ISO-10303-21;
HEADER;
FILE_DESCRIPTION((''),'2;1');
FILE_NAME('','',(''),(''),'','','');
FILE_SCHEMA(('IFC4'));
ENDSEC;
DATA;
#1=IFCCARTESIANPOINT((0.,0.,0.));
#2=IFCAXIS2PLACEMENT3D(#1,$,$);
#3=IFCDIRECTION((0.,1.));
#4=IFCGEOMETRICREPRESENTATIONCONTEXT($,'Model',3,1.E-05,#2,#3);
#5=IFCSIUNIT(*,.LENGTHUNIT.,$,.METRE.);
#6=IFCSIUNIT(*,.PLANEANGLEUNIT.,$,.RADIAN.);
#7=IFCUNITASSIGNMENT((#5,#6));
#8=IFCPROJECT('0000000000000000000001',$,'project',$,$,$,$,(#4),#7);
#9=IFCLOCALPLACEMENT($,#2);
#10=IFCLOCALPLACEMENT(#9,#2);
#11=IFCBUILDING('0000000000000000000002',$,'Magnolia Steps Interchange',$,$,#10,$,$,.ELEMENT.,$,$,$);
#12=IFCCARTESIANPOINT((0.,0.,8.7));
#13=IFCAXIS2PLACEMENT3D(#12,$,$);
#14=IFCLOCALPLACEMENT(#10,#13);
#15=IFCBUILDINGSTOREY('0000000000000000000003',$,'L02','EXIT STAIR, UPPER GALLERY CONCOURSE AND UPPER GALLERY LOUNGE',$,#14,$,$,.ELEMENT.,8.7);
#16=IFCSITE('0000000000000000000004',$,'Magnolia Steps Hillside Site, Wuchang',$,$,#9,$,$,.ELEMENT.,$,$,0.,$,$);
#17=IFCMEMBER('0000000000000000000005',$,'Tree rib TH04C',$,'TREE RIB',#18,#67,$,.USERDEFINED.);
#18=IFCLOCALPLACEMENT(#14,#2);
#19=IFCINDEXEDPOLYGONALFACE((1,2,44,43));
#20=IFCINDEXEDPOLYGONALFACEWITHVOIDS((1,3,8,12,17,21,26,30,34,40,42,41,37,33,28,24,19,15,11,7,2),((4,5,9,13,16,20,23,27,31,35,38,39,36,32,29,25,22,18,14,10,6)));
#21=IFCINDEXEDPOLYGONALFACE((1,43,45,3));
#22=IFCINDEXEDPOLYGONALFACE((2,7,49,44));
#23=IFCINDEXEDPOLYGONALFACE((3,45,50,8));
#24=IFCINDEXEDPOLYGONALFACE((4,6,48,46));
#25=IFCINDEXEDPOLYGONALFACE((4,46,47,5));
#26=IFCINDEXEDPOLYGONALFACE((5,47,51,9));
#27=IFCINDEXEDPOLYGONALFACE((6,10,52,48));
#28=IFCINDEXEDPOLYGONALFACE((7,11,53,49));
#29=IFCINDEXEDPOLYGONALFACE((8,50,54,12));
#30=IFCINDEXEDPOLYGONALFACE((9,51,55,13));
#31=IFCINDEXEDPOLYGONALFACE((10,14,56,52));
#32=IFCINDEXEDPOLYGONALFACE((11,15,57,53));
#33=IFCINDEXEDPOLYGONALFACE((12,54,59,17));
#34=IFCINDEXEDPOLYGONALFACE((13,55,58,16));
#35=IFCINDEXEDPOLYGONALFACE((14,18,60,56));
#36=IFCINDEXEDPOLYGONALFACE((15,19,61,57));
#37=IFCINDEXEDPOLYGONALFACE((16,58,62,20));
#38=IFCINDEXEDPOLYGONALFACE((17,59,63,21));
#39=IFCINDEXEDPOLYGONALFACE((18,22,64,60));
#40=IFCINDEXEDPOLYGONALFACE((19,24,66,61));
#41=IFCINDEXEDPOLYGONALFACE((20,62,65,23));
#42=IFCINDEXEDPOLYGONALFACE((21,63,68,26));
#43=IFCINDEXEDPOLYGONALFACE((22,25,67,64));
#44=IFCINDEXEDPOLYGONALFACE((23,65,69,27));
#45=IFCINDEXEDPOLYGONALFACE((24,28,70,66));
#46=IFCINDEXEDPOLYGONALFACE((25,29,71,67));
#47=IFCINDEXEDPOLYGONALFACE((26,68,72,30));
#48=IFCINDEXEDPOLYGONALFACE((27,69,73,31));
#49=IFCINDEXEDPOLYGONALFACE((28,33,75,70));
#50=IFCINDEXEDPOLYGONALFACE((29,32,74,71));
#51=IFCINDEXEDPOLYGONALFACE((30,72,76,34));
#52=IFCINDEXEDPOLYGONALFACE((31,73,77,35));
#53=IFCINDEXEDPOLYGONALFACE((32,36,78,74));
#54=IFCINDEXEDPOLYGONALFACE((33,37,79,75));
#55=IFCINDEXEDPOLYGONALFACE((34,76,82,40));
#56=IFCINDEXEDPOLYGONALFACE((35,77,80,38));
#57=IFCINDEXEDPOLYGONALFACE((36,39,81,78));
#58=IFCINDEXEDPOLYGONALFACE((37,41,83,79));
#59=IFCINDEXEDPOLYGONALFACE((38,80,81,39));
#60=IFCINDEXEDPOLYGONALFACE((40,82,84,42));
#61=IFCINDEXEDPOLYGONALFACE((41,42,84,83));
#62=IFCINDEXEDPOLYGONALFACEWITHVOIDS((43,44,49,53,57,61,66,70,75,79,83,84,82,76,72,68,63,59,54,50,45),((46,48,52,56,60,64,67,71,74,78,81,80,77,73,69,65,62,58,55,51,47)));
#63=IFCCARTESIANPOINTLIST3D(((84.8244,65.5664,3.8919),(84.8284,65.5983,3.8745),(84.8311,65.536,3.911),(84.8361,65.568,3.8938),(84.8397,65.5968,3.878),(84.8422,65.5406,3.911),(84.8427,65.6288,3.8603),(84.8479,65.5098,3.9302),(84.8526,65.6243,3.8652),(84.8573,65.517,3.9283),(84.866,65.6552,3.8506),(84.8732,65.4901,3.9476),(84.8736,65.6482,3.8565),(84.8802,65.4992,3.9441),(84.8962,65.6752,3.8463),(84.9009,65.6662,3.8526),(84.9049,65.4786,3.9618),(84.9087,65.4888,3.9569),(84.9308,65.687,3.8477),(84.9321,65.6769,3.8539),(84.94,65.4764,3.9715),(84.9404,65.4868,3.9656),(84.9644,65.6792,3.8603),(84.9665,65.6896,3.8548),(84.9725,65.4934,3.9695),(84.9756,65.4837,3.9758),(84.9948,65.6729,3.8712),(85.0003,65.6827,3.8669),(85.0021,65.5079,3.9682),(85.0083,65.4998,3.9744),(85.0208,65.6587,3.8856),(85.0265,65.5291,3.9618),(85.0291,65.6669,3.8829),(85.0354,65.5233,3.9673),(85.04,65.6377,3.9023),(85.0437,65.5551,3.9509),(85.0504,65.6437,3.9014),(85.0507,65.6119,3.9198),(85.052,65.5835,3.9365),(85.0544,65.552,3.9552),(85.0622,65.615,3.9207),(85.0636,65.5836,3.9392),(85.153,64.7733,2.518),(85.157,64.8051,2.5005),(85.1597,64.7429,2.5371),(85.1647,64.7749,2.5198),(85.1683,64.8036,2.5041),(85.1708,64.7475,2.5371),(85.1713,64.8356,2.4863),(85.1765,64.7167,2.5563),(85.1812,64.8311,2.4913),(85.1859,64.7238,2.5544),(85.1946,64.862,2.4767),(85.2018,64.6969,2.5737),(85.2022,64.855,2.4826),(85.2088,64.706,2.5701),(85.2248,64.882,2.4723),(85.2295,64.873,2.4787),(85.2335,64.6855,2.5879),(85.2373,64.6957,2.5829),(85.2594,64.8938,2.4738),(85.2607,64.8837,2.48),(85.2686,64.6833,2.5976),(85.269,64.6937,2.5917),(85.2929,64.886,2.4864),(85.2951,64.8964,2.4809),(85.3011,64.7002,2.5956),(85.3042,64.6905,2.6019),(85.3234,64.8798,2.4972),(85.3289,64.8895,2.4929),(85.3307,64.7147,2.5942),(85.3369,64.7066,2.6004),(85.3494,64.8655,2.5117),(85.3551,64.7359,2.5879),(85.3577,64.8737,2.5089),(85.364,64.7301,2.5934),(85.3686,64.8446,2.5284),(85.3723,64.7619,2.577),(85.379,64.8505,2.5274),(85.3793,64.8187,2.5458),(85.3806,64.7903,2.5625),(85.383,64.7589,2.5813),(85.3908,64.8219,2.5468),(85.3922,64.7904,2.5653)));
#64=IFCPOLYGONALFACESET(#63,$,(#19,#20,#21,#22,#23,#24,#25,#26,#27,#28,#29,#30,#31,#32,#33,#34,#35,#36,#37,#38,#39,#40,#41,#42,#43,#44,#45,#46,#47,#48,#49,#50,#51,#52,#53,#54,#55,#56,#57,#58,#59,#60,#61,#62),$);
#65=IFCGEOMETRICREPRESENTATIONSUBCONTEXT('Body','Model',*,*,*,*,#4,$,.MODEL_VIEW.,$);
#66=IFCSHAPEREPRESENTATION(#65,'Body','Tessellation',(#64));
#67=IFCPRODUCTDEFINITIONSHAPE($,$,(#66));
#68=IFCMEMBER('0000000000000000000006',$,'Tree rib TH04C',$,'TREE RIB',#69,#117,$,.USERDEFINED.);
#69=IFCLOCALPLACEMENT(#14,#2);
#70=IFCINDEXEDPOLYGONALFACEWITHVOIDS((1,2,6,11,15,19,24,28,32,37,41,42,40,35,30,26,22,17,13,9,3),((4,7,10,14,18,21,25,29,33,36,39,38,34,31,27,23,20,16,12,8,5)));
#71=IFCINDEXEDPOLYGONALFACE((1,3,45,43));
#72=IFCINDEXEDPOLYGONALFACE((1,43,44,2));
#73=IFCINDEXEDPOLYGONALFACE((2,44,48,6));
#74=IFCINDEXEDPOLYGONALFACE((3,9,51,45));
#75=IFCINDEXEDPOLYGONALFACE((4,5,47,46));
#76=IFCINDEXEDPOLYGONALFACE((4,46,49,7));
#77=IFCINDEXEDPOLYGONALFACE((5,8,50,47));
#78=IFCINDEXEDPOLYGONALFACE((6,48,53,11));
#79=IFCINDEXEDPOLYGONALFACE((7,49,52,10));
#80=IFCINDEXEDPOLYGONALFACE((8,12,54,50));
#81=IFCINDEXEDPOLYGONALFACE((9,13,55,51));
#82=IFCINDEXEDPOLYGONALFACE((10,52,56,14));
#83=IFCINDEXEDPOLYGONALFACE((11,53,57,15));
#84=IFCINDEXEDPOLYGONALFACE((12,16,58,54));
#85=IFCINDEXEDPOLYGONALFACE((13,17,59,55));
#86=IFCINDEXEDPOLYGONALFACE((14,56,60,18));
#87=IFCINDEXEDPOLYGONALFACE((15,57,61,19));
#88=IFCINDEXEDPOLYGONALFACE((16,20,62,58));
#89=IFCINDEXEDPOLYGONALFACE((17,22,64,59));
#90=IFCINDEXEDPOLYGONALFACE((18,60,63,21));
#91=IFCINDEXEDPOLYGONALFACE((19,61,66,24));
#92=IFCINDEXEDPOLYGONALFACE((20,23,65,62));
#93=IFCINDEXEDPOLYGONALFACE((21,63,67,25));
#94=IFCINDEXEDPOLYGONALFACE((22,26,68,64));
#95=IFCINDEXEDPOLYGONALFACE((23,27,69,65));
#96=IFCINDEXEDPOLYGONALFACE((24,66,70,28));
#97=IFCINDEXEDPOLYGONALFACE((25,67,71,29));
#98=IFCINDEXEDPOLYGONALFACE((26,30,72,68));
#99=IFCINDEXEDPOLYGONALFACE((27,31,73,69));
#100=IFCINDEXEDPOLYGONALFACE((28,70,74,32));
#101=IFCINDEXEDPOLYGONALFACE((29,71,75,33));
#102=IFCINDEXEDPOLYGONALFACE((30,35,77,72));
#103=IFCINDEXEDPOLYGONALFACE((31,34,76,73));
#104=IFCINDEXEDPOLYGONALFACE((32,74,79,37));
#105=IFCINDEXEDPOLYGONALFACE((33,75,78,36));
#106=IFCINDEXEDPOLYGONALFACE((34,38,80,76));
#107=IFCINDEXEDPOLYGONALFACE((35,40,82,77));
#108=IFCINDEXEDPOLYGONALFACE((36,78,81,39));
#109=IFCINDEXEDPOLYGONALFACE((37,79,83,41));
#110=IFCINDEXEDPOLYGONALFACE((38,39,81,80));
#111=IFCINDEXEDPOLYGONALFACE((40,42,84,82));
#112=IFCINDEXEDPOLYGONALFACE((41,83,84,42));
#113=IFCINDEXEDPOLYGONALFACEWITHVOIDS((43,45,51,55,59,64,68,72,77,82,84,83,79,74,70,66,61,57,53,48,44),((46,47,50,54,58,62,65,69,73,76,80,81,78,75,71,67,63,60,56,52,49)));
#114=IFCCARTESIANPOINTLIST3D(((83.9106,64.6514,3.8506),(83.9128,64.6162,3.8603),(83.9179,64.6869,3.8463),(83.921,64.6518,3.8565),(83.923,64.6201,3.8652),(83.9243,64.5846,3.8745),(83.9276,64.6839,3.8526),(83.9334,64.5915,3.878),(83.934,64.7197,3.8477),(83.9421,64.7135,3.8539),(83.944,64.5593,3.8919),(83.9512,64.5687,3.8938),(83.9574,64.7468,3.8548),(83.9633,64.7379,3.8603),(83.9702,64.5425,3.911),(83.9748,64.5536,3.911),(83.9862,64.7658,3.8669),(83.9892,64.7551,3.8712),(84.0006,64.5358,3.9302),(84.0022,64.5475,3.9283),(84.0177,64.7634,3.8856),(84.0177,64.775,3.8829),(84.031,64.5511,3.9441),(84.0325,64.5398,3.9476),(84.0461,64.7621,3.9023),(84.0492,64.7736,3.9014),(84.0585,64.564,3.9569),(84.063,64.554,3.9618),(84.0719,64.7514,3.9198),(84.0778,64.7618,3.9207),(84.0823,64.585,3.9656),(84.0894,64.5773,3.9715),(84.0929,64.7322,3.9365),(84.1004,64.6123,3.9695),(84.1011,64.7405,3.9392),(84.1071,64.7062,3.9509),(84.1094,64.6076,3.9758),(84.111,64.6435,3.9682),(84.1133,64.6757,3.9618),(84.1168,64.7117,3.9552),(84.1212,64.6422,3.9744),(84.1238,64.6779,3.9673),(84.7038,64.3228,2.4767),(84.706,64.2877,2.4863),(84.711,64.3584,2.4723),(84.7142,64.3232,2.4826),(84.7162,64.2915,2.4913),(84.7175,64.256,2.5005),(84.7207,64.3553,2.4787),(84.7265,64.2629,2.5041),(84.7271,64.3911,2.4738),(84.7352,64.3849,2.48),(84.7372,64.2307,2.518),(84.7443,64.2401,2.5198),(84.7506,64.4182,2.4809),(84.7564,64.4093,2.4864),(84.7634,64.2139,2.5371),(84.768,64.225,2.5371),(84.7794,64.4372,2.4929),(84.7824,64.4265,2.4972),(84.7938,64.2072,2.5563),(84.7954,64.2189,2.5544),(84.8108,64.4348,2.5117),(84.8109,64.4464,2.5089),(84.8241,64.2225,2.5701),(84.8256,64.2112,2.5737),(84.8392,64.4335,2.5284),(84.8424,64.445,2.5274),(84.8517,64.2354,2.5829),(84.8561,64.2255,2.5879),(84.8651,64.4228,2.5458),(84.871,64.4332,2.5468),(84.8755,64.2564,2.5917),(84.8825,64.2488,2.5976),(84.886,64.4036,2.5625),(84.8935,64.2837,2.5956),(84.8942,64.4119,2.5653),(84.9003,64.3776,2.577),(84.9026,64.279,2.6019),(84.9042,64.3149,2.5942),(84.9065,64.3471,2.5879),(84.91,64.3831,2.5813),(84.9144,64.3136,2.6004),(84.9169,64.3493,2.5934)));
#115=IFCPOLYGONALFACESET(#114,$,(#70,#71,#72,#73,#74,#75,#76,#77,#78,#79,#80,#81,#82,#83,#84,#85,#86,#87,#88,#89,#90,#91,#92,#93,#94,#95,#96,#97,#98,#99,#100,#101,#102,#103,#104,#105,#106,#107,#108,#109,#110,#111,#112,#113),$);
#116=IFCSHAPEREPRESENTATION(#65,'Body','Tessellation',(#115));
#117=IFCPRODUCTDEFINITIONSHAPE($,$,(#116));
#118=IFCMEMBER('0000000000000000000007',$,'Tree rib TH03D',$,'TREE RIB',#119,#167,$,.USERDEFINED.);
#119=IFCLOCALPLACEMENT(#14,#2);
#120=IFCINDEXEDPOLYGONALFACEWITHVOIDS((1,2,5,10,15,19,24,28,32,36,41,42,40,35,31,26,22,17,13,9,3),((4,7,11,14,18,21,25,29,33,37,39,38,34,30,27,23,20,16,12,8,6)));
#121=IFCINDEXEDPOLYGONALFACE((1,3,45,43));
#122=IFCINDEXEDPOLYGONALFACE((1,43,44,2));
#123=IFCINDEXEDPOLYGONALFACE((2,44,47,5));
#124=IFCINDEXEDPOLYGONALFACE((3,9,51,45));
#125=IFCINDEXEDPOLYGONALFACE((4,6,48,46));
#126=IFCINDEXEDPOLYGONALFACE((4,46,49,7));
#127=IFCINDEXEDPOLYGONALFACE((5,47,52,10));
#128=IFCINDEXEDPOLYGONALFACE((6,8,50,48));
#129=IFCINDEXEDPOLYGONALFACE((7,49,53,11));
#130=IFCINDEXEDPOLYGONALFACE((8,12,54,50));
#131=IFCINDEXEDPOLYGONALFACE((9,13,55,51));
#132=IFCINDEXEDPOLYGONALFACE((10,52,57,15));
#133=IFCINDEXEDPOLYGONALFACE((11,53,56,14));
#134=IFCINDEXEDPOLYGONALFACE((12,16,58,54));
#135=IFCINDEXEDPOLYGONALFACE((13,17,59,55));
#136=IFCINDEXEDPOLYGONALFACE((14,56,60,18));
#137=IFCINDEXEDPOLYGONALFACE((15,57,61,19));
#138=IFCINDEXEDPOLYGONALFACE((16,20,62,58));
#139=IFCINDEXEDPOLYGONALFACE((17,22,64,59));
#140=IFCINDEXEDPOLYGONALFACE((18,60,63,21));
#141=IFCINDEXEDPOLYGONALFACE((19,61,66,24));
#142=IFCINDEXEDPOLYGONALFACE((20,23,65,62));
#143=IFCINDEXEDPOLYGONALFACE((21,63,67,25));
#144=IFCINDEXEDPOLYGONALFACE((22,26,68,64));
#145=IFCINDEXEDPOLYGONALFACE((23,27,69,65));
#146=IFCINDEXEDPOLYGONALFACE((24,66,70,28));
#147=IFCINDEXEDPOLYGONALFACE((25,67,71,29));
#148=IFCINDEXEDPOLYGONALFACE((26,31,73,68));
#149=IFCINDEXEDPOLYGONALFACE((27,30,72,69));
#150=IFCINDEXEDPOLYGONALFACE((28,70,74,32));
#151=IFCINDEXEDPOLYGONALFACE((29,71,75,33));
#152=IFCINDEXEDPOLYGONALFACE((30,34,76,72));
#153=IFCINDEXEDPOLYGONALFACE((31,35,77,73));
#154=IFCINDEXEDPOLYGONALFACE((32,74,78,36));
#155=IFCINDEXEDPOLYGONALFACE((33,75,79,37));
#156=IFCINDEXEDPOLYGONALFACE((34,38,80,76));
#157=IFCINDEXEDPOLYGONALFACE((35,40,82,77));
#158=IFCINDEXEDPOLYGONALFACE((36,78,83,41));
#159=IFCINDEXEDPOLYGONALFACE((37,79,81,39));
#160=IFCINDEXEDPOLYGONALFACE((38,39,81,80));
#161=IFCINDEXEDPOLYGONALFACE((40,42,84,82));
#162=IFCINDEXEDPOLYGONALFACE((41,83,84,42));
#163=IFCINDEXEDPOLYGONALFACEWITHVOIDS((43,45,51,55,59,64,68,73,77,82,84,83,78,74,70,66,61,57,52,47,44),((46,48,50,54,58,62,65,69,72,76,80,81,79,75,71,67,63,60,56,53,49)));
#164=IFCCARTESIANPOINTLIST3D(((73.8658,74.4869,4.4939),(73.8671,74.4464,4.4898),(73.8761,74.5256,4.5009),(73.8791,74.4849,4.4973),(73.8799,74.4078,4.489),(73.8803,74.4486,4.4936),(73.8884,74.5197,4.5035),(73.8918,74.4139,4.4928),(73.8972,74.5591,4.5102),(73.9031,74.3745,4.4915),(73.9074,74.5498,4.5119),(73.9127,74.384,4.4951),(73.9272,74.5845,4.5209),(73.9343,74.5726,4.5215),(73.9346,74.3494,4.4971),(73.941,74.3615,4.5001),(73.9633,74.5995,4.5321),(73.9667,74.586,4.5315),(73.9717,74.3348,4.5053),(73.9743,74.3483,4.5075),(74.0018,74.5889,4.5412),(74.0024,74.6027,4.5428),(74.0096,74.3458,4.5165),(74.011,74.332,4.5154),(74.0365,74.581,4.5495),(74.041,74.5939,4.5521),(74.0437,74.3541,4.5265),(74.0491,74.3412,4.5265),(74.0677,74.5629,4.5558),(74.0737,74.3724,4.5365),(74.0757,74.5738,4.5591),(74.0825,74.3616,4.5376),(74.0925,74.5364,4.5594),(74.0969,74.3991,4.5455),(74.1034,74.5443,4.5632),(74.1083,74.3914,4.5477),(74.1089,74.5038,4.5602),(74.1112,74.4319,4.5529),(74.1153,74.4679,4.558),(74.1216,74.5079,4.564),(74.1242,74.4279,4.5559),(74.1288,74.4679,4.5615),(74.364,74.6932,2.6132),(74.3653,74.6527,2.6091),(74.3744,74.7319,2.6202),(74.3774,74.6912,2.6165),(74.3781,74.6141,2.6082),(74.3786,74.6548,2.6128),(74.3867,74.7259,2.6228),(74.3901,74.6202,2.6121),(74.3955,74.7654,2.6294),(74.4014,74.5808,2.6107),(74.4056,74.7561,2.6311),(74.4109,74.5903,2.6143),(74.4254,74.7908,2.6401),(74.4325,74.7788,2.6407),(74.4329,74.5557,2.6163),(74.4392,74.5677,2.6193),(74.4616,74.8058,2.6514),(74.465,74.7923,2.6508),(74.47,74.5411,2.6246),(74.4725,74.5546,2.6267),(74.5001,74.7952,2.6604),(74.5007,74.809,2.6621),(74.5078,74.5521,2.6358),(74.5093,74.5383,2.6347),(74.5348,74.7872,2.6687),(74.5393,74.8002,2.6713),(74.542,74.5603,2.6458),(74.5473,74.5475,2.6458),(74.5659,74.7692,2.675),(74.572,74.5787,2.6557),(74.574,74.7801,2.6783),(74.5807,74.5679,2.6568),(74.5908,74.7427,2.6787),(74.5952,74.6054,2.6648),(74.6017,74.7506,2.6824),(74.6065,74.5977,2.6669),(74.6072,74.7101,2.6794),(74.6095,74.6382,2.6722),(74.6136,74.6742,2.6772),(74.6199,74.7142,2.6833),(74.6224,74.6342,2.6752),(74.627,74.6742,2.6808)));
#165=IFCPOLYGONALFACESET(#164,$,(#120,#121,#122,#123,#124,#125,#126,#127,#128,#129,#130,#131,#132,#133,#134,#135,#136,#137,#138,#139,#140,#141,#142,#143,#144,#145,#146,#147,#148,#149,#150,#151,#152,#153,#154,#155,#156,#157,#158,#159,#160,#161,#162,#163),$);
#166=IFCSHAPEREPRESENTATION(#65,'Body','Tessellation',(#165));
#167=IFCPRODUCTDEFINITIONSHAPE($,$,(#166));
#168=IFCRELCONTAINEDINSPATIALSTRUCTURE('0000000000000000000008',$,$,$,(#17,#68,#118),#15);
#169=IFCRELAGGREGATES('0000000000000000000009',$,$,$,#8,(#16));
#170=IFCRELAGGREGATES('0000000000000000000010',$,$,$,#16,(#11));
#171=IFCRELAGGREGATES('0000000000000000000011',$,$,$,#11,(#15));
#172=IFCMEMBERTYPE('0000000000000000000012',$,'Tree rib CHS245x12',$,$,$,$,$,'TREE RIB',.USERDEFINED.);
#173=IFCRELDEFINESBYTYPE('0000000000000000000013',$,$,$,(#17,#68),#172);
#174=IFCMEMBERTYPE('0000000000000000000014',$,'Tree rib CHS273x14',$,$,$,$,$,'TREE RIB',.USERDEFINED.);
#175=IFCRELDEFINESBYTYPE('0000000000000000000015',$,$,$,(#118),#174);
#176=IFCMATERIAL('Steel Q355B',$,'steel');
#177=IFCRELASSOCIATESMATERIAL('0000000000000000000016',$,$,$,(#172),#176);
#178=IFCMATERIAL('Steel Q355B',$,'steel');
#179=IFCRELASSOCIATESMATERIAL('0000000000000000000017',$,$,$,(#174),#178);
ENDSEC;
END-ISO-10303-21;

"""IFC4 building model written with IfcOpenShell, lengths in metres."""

from ifc_helpers import new_model, si_unit, direction, frame, origin, origin_2d, place, context, subcontext, project, spatial, hollow_circle, extrude, material, material_profile, profile_set, type_object, element, save


model = new_model("IFC4")

# Units and contexts
model_context = context("Model", 3, precision=1e-05, world=origin(), true_north=direction((0.0, 1.0)))
body_context = subcontext(model_context, "Body", "Model", "MODEL_VIEW")
ifc_project = project(units=[si_unit("LENGTHUNIT", "METRE"), si_unit("PLANEANGLEUNIT", "RADIAN")], contexts=[model_context])

# Site, building, storey
site_placement = place(None, origin())
site = spatial("IfcSite", under=ifc_project, at=site_placement, Name="Magnolia Steps Hillside Site, Wuchang", CompositionType="ELEMENT", RefElevation=0.0)
building_placement = place(site_placement, origin())
building = spatial("IfcBuilding", under=site, at=building_placement, Name="Magnolia Steps Interchange", CompositionType="ELEMENT")
storey_placement = place(building_placement, frame((0.0, 0.0, 8.7)))
storey = spatial("IfcBuildingStorey", under=building, at=storey_placement, Name="L02", Description="EXIT STAIR, UPPER GALLERY CONCOURSE AND UPPER GALLERY LOUNGE", CompositionType="ELEMENT", Elevation=8.7)

# Members
ifc_material_1 = material(Name="Steel Q355B", Category="steel")
ifc_material_profile_1 = material_profile(ifc_material_1, hollow_circle(Radius=0.1226, WallThickness=0.012, at=origin_2d()), Name="CHS245x12")
ifc_profile_set_1 = profile_set([ifc_material_profile_1], Name="Steel Q355B")
member_type_1 = type_object("IfcMemberType", Name="Tree rib CHS245x12", ElementType="TREE RIB", PredefinedType="USERDEFINED", material=ifc_profile_set_1)
for number, where, z_axis, x_axis, name in (
    (1, (85.2729, 64.7898, 2.5371), (-0.20282, 0.489571, 0.848047), (-0.923857, -0.382737, 0.0), "Tree rib TH04C"),
    (2, (84.8103, 64.3271, 2.5371), (-0.489571, 0.20282, 0.848047), (-0.382737, -0.923857, 0.0), "Tree rib TH04C"),
):
    element("IfcMember", number, at=place(storey_placement, frame(where, z_axis=z_axis, x_axis=x_axis)), inside=storey, type_object=member_type_1, Name=name, ObjectType="TREE RIB", PredefinedType="USERDEFINED", context=body_context, shape_type="SweptSolid", body=[
        extrude(hollow_circle(Radius=0.1226, WallThickness=0.012, at=origin_2d()), origin(), (0.0, 0.0, 1.0), 1.6201),
    ])
ifc_material_2 = material(Name="Steel Q355B", Category="steel")
ifc_material_profile_2 = material_profile(ifc_material_2, hollow_circle(Radius=0.1365, WallThickness=0.0139, at=origin_2d()), Name="CHS273x14")
ifc_profile_set_2 = profile_set([ifc_material_profile_2], Name="Steel Q355B")
member_type_2 = type_object("IfcMemberType", Name="Tree rib CHS273x14", ElementType="TREE RIB", PredefinedType="USERDEFINED", material=ifc_profile_set_2)
for number, where, z_axis, x_axis, name in (
    (3, (74.4951, 74.6736, 2.6458), (-0.254665, -0.105435, 0.961264), (0.382525, -0.923945, 0.0), "Tree rib TH03D"),
):
    element("IfcMember", number, at=place(storey_placement, frame(where, z_axis=z_axis, x_axis=x_axis)), inside=storey, type_object=member_type_2, Name=name, ObjectType="TREE RIB", PredefinedType="USERDEFINED", context=body_context, shape_type="SweptSolid", body=[
        extrude(hollow_circle(Radius=0.1365, WallThickness=0.0139, at=origin_2d()), origin(), (0.0, 0.0, 1.0), 1.9565),
    ])

save(model, "model.ifc")
